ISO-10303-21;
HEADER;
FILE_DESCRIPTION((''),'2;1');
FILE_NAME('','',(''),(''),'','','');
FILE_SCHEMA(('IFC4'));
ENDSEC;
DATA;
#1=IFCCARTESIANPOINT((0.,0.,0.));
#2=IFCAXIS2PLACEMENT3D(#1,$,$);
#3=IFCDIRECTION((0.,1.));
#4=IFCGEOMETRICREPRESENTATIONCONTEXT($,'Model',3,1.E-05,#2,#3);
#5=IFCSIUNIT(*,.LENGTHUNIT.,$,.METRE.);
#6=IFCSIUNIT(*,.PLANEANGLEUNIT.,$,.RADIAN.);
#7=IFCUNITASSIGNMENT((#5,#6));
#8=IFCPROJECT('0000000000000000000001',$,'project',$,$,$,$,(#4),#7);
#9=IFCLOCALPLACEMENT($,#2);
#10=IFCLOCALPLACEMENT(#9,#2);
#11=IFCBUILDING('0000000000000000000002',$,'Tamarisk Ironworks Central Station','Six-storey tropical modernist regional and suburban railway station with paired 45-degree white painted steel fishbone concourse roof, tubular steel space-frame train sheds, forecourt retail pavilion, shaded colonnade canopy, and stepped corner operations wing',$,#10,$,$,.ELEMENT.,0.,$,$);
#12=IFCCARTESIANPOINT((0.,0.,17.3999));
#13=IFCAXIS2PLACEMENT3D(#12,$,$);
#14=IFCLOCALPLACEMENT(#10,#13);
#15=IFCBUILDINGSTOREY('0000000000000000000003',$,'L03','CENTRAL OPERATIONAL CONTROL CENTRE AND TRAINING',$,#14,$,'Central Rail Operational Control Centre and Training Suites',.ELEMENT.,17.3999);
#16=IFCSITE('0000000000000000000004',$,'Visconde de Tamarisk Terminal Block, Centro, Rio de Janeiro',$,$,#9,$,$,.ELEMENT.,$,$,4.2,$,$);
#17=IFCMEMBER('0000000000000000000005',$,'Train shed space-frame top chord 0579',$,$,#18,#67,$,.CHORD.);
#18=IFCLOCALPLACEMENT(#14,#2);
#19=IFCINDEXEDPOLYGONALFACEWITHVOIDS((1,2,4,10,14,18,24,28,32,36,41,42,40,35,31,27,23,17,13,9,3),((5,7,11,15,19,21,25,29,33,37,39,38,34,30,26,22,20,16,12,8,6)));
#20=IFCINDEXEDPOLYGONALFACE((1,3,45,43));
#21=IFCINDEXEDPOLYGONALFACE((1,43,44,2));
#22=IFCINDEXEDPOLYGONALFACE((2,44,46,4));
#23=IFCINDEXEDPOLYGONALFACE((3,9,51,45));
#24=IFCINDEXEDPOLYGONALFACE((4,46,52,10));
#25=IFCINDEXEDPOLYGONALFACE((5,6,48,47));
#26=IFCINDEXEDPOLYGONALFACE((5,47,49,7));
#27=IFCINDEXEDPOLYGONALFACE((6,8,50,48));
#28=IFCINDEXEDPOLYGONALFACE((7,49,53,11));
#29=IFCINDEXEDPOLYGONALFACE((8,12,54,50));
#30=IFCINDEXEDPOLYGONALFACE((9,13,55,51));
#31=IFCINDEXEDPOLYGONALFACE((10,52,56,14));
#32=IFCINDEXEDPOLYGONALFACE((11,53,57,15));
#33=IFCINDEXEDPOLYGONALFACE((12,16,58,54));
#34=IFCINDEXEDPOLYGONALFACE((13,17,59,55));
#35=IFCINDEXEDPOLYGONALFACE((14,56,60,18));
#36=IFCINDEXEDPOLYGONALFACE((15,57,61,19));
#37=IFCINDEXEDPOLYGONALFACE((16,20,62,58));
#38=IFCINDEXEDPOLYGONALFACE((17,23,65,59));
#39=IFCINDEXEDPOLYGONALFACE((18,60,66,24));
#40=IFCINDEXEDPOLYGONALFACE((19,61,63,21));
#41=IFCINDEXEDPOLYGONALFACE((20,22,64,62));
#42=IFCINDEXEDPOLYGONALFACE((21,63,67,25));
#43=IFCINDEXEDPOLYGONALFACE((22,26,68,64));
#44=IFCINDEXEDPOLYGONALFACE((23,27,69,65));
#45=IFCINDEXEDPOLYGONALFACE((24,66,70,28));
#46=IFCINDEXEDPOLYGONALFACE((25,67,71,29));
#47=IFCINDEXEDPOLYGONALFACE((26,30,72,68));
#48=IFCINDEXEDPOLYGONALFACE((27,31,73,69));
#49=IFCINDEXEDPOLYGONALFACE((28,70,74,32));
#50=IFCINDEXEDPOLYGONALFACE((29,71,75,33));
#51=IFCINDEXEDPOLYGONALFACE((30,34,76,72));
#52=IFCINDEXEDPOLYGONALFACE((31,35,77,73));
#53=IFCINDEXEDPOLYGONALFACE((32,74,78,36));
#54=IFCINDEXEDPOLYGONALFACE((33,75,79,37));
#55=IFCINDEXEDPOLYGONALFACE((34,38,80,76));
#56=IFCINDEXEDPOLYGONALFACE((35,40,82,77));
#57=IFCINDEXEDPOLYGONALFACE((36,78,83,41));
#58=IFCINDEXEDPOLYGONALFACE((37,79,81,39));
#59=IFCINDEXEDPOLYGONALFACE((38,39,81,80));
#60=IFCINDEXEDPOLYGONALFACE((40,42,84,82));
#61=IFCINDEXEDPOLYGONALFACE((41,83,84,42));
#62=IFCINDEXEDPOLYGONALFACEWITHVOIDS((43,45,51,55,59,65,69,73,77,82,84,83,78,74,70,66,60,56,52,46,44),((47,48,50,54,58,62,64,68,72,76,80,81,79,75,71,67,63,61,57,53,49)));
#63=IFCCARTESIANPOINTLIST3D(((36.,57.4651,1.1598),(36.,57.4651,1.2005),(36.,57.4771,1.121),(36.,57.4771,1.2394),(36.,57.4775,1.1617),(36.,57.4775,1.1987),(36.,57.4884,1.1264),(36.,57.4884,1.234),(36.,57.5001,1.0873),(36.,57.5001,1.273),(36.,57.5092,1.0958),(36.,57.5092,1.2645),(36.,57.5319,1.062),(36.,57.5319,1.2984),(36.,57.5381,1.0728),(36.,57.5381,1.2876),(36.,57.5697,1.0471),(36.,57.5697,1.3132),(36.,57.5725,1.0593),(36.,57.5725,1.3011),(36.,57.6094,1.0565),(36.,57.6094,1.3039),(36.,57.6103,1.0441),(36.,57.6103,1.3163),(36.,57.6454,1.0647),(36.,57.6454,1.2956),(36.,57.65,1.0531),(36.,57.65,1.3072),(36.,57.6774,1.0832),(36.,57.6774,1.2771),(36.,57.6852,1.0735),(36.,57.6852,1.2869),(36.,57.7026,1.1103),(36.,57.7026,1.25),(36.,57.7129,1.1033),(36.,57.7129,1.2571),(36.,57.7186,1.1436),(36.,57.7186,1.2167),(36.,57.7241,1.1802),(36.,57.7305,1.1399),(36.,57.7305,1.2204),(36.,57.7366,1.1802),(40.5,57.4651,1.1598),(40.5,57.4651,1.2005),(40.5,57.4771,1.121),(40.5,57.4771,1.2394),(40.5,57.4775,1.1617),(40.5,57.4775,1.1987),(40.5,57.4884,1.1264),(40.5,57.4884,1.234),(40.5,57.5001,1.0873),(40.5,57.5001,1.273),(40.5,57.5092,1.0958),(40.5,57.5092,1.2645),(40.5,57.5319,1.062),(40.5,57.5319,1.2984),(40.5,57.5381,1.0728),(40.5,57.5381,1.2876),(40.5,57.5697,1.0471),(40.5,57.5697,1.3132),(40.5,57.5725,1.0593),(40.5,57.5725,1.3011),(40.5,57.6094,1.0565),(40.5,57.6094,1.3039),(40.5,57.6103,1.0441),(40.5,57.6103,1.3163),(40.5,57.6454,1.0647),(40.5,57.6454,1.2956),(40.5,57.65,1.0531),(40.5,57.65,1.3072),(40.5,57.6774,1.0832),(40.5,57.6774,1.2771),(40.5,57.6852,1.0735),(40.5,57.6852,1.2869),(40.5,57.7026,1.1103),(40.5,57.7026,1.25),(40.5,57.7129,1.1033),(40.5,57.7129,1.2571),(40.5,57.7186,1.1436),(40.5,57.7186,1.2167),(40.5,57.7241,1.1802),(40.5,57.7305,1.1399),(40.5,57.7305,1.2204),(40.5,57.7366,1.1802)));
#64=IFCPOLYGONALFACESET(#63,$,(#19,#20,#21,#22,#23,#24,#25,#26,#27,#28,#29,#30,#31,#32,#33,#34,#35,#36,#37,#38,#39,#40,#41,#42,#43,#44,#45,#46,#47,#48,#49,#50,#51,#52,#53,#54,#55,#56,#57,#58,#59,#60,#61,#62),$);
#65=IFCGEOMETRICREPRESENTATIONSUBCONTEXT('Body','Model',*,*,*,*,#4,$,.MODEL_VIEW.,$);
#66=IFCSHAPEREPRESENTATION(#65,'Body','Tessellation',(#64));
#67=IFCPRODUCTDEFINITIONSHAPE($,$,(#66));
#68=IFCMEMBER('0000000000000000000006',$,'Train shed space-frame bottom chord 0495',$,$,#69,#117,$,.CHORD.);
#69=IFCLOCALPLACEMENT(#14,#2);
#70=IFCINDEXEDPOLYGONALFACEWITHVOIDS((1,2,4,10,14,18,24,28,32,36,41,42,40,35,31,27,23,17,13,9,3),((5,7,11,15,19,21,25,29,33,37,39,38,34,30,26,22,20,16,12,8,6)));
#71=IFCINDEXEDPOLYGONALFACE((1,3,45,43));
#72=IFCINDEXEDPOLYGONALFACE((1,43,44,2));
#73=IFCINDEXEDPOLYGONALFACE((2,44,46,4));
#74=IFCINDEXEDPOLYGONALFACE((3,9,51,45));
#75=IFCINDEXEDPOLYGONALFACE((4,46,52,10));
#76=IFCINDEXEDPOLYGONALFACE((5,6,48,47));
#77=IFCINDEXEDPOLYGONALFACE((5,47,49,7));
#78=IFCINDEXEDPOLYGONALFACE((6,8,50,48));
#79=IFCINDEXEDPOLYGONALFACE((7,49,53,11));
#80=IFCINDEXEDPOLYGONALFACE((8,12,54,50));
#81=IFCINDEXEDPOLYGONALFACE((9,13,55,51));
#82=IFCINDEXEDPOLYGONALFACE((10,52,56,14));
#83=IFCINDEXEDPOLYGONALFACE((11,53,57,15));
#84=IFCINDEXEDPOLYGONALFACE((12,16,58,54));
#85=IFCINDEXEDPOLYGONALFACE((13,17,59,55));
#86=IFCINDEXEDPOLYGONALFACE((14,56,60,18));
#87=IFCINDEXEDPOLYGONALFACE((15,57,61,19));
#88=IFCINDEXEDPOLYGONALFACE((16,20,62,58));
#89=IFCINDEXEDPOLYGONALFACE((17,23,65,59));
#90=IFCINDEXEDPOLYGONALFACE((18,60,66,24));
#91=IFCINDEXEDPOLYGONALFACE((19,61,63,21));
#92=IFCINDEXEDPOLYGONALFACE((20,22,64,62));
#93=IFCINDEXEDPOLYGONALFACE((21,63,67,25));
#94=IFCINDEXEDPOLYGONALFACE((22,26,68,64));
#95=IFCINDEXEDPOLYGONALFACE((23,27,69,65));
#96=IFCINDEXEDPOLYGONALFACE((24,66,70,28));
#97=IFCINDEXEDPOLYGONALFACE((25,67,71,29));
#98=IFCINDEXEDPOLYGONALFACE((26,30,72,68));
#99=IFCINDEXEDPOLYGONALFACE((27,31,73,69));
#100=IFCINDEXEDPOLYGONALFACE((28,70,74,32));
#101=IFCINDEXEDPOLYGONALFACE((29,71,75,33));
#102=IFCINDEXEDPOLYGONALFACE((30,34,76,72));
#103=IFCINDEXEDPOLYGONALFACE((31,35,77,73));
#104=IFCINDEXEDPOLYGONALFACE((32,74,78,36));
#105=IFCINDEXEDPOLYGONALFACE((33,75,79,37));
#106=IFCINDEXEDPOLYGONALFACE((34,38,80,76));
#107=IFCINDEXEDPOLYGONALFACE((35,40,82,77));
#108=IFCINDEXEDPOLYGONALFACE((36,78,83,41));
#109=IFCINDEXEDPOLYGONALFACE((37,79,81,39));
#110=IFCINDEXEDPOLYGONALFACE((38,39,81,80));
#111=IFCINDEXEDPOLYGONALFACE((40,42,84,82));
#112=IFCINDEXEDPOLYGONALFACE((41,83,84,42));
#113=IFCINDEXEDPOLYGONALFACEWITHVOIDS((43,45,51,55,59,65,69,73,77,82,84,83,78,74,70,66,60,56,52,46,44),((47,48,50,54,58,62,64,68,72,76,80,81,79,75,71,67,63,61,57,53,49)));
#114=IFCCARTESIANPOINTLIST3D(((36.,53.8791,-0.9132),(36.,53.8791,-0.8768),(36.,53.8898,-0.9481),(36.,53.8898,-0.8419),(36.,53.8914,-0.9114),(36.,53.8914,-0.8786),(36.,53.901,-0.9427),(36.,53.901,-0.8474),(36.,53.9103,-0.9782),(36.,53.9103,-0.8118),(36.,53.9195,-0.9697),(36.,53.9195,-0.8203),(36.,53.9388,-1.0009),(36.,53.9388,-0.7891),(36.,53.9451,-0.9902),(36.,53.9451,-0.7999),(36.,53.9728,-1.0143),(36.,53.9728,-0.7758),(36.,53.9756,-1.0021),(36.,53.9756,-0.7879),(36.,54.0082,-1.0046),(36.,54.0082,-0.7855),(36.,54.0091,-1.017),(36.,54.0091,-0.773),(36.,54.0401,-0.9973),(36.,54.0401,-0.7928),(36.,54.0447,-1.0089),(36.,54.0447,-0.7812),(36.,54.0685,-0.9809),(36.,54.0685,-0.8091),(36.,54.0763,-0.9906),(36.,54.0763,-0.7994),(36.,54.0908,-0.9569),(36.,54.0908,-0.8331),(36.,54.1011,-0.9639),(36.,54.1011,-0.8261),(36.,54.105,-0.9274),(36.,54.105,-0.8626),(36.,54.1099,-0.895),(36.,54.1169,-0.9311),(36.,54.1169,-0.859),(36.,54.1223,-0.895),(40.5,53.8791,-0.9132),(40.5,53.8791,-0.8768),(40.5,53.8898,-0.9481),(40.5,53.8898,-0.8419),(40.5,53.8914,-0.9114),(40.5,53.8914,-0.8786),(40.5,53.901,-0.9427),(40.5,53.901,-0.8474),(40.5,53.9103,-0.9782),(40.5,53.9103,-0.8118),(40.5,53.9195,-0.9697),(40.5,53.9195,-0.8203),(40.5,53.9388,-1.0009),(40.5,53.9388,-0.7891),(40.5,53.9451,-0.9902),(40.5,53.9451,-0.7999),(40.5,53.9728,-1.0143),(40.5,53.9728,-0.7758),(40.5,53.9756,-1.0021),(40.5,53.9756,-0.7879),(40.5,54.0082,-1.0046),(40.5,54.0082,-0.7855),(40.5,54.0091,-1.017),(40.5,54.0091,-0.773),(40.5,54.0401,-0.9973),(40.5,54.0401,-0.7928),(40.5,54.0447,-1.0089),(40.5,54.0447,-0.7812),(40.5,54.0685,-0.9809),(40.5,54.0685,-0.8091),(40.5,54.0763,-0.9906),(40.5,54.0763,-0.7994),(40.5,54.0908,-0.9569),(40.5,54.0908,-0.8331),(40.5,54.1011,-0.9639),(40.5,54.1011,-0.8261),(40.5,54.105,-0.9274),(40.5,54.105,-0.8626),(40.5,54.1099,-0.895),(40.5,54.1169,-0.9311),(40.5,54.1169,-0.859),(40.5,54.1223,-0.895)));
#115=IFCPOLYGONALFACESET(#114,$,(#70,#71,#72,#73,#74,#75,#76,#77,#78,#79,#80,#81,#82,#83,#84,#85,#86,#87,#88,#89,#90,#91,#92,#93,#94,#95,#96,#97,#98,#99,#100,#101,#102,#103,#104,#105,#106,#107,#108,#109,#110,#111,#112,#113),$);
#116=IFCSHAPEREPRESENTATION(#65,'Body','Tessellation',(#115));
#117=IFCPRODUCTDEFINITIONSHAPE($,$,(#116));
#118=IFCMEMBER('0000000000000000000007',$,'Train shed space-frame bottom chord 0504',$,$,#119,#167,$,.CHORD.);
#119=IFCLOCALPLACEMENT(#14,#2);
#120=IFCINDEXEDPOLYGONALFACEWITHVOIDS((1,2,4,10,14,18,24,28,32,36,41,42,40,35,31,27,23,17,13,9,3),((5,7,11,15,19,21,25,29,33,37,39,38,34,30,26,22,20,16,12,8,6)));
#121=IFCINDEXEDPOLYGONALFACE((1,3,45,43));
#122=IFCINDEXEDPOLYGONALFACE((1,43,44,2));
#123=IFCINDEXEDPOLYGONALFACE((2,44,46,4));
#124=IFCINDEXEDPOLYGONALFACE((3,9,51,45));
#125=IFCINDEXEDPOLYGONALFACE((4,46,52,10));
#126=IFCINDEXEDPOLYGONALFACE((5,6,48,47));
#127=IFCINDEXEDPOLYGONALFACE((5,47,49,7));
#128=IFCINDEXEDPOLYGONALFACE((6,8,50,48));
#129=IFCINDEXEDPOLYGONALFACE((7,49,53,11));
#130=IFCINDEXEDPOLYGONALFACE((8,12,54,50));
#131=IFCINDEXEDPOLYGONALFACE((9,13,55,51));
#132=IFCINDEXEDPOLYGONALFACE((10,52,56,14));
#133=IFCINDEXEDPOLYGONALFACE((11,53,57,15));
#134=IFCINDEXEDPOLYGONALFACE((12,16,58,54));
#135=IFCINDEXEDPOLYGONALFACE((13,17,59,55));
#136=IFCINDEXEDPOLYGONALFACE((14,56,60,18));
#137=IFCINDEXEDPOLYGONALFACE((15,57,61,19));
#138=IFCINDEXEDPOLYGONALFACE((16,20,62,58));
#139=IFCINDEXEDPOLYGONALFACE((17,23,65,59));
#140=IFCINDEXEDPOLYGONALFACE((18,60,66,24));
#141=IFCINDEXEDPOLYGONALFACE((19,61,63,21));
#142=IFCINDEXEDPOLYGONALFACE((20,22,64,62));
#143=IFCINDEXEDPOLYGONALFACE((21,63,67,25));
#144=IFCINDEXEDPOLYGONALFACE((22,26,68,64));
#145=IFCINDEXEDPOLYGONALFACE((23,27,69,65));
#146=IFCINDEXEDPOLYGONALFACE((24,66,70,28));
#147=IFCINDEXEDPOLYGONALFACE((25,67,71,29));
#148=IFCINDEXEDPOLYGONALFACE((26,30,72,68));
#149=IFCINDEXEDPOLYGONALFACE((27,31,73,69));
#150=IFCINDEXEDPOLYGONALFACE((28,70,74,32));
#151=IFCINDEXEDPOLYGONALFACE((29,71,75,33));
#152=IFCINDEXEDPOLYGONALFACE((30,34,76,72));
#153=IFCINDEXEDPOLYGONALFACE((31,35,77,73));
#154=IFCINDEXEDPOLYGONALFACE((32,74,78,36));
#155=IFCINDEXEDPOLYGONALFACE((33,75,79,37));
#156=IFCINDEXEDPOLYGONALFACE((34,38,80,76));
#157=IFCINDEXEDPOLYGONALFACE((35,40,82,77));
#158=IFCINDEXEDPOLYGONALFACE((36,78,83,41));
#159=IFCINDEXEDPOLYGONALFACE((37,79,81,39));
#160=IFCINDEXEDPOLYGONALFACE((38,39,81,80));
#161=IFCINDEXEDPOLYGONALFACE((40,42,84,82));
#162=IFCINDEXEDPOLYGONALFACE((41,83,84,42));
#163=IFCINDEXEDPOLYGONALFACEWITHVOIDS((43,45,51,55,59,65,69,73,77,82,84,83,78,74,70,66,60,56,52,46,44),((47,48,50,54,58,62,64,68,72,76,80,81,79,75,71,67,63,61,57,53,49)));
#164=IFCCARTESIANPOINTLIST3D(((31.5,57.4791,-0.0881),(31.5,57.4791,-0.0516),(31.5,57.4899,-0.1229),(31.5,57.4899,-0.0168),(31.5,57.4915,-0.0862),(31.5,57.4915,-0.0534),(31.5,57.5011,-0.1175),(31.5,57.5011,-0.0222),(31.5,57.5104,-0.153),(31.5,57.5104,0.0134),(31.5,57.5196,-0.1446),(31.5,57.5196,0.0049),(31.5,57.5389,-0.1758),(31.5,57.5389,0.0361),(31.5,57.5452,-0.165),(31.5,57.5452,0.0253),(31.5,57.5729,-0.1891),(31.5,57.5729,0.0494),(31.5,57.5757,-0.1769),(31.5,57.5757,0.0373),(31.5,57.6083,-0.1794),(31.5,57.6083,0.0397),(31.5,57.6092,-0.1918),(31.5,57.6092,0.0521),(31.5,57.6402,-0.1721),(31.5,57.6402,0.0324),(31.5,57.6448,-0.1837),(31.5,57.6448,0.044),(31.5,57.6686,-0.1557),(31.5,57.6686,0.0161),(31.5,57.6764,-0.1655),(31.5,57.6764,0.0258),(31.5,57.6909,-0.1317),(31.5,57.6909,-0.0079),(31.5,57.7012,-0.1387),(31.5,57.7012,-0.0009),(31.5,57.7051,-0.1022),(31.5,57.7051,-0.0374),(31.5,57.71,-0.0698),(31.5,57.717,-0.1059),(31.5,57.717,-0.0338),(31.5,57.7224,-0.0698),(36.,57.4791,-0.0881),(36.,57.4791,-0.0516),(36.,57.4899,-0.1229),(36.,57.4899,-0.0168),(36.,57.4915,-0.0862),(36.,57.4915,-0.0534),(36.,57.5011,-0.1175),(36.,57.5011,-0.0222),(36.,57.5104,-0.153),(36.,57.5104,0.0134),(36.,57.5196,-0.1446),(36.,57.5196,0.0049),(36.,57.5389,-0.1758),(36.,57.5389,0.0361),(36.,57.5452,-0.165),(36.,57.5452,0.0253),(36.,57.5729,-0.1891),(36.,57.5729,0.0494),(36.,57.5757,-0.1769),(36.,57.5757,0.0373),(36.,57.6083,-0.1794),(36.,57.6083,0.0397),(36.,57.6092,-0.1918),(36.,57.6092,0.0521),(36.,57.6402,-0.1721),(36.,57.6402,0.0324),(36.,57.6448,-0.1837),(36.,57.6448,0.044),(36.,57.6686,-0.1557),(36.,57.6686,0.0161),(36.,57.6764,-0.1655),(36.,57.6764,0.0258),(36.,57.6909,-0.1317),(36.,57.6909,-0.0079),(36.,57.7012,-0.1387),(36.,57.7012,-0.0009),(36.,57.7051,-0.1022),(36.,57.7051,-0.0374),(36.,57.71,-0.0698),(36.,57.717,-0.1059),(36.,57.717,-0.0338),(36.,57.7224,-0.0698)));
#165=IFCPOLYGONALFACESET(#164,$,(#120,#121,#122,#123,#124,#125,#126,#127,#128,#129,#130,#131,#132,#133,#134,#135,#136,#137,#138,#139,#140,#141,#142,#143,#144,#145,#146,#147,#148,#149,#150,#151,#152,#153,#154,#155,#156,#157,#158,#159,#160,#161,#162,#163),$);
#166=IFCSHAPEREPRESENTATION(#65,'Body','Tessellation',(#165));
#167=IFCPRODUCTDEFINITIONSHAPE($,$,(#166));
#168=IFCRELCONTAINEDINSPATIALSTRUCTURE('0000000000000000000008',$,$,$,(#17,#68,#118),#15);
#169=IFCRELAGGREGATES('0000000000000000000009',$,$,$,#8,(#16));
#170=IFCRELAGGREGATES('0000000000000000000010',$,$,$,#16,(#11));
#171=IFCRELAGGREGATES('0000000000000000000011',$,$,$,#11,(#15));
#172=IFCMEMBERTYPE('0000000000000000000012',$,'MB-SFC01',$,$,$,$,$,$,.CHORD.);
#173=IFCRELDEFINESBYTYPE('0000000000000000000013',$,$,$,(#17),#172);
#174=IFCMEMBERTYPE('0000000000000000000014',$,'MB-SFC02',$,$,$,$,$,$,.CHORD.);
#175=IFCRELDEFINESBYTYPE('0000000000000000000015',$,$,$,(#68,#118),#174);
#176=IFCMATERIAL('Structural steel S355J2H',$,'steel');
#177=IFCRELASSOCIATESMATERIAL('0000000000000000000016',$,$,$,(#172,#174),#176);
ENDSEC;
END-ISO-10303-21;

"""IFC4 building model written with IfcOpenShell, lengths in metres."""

from ifc_helpers import new_model, si_unit, direction, frame, origin, origin_2d, place, context, subcontext, project, spatial, hollow_circle, extrude, material, material_profile, profile_set, type_object, element, save


model = new_model("IFC4")

# Units and contexts
model_context = context("Model", 3, precision=1e-05, world=origin(), true_north=direction((0.0, 1.0)))
body_context = subcontext(model_context, "Body", "Model", "MODEL_VIEW")
ifc_project = project(units=[si_unit("LENGTHUNIT", "METRE"), si_unit("PLANEANGLEUNIT", "RADIAN")], contexts=[model_context])

# Site, building, storey
site_placement = place(None, origin())
site = spatial("IfcSite", under=ifc_project, at=site_placement, Name="Visconde de Tamarisk Terminal Block, Centro, Rio de Janeiro", CompositionType="ELEMENT", RefElevation=4.2)
building_placement = place(site_placement, origin())
building = spatial("IfcBuilding", under=site, at=building_placement, Name="Tamarisk Ironworks Central Station", Description="Six-storey tropical modernist regional and suburban railway station with paired 45-degree white painted steel fishbone concourse roof, tubular steel space-frame train sheds, forecourt retail pavilion, shaded colonnade canopy, and stepped corner operations wing", CompositionType="ELEMENT", ElevationOfRefHeight=0.0)
storey_placement = place(building_placement, frame((0.0, 0.0, 17.3999)))
storey = spatial("IfcBuildingStorey", under=building, at=storey_placement, Name="L03", Description="CENTRAL OPERATIONAL CONTROL CENTRE AND TRAINING", LongName="Central Rail Operational Control Centre and Training Suites", CompositionType="ELEMENT", Elevation=17.3999)

# Members
ifc_material_1 = material(Name="Structural steel S355J2H", Category="steel")
ifc_material_profile_1 = material_profile(ifc_material_1, hollow_circle(Radius=0.1365, WallThickness=0.0125, at=origin_2d()), Name="CHS 273x12.5")
ifc_profile_set_1 = profile_set([ifc_material_profile_1], Name="Structural steel S355J2H")
member_type_1 = type_object("IfcMemberType", Name="MB-SFC01", PredefinedType="CHORD", material=ifc_profile_set_1)
for number, where, z_axis, x_axis, name in (
    (1, (36.0, 57.6001, 1.1802), (1.0, 0.0, 0.0), (0.0, 1.0, 0.0), "Train shed space-frame top chord 0579"),
):
    element("IfcMember", number, at=place(storey_placement, frame(where, z_axis=z_axis, x_axis=x_axis)), inside=storey, type_object=member_type_1, Name=name, PredefinedType="CHORD", context=body_context, shape_type="SweptSolid", body=[
        extrude(hollow_circle(Radius=0.1365, WallThickness=0.0125, at=origin_2d()), origin(), (0.0, 0.0, 1.0), 4.5),
    ])
ifc_material_profile_2 = material_profile(ifc_material_1, hollow_circle(Radius=0.1223, WallThickness=0.0125, at=origin_2d()), Name="CHS 244.5x12.5")
ifc_profile_set_2 = profile_set([ifc_material_profile_2], Name="Structural steel S355J2H")
member_type_2 = type_object("IfcMemberType", Name="MB-SFC02", PredefinedType="CHORD", material=ifc_profile_set_2)
for number, where, z_axis, x_axis, name in (
    (2, (36.0, 54.0, -0.895), (1.0, 0.0, 0.0), (0.0, 1.0, 0.0), "Train shed space-frame bottom chord 0495"),
    (3, (31.5, 57.6001, -0.0698), (1.0, 0.0, 0.0), (0.0, 1.0, 0.0), "Train shed space-frame bottom chord 0504"),
):
    element("IfcMember", number, at=place(storey_placement, frame(where, z_axis=z_axis, x_axis=x_axis)), inside=storey, type_object=member_type_2, Name=name, PredefinedType="CHORD", context=body_context, shape_type="SweptSolid", body=[
        extrude(hollow_circle(Radius=0.1223, WallThickness=0.0125, at=origin_2d()), origin(), (0.0, 0.0, 1.0), 4.5),
    ])

save(model, "model.ifc")
